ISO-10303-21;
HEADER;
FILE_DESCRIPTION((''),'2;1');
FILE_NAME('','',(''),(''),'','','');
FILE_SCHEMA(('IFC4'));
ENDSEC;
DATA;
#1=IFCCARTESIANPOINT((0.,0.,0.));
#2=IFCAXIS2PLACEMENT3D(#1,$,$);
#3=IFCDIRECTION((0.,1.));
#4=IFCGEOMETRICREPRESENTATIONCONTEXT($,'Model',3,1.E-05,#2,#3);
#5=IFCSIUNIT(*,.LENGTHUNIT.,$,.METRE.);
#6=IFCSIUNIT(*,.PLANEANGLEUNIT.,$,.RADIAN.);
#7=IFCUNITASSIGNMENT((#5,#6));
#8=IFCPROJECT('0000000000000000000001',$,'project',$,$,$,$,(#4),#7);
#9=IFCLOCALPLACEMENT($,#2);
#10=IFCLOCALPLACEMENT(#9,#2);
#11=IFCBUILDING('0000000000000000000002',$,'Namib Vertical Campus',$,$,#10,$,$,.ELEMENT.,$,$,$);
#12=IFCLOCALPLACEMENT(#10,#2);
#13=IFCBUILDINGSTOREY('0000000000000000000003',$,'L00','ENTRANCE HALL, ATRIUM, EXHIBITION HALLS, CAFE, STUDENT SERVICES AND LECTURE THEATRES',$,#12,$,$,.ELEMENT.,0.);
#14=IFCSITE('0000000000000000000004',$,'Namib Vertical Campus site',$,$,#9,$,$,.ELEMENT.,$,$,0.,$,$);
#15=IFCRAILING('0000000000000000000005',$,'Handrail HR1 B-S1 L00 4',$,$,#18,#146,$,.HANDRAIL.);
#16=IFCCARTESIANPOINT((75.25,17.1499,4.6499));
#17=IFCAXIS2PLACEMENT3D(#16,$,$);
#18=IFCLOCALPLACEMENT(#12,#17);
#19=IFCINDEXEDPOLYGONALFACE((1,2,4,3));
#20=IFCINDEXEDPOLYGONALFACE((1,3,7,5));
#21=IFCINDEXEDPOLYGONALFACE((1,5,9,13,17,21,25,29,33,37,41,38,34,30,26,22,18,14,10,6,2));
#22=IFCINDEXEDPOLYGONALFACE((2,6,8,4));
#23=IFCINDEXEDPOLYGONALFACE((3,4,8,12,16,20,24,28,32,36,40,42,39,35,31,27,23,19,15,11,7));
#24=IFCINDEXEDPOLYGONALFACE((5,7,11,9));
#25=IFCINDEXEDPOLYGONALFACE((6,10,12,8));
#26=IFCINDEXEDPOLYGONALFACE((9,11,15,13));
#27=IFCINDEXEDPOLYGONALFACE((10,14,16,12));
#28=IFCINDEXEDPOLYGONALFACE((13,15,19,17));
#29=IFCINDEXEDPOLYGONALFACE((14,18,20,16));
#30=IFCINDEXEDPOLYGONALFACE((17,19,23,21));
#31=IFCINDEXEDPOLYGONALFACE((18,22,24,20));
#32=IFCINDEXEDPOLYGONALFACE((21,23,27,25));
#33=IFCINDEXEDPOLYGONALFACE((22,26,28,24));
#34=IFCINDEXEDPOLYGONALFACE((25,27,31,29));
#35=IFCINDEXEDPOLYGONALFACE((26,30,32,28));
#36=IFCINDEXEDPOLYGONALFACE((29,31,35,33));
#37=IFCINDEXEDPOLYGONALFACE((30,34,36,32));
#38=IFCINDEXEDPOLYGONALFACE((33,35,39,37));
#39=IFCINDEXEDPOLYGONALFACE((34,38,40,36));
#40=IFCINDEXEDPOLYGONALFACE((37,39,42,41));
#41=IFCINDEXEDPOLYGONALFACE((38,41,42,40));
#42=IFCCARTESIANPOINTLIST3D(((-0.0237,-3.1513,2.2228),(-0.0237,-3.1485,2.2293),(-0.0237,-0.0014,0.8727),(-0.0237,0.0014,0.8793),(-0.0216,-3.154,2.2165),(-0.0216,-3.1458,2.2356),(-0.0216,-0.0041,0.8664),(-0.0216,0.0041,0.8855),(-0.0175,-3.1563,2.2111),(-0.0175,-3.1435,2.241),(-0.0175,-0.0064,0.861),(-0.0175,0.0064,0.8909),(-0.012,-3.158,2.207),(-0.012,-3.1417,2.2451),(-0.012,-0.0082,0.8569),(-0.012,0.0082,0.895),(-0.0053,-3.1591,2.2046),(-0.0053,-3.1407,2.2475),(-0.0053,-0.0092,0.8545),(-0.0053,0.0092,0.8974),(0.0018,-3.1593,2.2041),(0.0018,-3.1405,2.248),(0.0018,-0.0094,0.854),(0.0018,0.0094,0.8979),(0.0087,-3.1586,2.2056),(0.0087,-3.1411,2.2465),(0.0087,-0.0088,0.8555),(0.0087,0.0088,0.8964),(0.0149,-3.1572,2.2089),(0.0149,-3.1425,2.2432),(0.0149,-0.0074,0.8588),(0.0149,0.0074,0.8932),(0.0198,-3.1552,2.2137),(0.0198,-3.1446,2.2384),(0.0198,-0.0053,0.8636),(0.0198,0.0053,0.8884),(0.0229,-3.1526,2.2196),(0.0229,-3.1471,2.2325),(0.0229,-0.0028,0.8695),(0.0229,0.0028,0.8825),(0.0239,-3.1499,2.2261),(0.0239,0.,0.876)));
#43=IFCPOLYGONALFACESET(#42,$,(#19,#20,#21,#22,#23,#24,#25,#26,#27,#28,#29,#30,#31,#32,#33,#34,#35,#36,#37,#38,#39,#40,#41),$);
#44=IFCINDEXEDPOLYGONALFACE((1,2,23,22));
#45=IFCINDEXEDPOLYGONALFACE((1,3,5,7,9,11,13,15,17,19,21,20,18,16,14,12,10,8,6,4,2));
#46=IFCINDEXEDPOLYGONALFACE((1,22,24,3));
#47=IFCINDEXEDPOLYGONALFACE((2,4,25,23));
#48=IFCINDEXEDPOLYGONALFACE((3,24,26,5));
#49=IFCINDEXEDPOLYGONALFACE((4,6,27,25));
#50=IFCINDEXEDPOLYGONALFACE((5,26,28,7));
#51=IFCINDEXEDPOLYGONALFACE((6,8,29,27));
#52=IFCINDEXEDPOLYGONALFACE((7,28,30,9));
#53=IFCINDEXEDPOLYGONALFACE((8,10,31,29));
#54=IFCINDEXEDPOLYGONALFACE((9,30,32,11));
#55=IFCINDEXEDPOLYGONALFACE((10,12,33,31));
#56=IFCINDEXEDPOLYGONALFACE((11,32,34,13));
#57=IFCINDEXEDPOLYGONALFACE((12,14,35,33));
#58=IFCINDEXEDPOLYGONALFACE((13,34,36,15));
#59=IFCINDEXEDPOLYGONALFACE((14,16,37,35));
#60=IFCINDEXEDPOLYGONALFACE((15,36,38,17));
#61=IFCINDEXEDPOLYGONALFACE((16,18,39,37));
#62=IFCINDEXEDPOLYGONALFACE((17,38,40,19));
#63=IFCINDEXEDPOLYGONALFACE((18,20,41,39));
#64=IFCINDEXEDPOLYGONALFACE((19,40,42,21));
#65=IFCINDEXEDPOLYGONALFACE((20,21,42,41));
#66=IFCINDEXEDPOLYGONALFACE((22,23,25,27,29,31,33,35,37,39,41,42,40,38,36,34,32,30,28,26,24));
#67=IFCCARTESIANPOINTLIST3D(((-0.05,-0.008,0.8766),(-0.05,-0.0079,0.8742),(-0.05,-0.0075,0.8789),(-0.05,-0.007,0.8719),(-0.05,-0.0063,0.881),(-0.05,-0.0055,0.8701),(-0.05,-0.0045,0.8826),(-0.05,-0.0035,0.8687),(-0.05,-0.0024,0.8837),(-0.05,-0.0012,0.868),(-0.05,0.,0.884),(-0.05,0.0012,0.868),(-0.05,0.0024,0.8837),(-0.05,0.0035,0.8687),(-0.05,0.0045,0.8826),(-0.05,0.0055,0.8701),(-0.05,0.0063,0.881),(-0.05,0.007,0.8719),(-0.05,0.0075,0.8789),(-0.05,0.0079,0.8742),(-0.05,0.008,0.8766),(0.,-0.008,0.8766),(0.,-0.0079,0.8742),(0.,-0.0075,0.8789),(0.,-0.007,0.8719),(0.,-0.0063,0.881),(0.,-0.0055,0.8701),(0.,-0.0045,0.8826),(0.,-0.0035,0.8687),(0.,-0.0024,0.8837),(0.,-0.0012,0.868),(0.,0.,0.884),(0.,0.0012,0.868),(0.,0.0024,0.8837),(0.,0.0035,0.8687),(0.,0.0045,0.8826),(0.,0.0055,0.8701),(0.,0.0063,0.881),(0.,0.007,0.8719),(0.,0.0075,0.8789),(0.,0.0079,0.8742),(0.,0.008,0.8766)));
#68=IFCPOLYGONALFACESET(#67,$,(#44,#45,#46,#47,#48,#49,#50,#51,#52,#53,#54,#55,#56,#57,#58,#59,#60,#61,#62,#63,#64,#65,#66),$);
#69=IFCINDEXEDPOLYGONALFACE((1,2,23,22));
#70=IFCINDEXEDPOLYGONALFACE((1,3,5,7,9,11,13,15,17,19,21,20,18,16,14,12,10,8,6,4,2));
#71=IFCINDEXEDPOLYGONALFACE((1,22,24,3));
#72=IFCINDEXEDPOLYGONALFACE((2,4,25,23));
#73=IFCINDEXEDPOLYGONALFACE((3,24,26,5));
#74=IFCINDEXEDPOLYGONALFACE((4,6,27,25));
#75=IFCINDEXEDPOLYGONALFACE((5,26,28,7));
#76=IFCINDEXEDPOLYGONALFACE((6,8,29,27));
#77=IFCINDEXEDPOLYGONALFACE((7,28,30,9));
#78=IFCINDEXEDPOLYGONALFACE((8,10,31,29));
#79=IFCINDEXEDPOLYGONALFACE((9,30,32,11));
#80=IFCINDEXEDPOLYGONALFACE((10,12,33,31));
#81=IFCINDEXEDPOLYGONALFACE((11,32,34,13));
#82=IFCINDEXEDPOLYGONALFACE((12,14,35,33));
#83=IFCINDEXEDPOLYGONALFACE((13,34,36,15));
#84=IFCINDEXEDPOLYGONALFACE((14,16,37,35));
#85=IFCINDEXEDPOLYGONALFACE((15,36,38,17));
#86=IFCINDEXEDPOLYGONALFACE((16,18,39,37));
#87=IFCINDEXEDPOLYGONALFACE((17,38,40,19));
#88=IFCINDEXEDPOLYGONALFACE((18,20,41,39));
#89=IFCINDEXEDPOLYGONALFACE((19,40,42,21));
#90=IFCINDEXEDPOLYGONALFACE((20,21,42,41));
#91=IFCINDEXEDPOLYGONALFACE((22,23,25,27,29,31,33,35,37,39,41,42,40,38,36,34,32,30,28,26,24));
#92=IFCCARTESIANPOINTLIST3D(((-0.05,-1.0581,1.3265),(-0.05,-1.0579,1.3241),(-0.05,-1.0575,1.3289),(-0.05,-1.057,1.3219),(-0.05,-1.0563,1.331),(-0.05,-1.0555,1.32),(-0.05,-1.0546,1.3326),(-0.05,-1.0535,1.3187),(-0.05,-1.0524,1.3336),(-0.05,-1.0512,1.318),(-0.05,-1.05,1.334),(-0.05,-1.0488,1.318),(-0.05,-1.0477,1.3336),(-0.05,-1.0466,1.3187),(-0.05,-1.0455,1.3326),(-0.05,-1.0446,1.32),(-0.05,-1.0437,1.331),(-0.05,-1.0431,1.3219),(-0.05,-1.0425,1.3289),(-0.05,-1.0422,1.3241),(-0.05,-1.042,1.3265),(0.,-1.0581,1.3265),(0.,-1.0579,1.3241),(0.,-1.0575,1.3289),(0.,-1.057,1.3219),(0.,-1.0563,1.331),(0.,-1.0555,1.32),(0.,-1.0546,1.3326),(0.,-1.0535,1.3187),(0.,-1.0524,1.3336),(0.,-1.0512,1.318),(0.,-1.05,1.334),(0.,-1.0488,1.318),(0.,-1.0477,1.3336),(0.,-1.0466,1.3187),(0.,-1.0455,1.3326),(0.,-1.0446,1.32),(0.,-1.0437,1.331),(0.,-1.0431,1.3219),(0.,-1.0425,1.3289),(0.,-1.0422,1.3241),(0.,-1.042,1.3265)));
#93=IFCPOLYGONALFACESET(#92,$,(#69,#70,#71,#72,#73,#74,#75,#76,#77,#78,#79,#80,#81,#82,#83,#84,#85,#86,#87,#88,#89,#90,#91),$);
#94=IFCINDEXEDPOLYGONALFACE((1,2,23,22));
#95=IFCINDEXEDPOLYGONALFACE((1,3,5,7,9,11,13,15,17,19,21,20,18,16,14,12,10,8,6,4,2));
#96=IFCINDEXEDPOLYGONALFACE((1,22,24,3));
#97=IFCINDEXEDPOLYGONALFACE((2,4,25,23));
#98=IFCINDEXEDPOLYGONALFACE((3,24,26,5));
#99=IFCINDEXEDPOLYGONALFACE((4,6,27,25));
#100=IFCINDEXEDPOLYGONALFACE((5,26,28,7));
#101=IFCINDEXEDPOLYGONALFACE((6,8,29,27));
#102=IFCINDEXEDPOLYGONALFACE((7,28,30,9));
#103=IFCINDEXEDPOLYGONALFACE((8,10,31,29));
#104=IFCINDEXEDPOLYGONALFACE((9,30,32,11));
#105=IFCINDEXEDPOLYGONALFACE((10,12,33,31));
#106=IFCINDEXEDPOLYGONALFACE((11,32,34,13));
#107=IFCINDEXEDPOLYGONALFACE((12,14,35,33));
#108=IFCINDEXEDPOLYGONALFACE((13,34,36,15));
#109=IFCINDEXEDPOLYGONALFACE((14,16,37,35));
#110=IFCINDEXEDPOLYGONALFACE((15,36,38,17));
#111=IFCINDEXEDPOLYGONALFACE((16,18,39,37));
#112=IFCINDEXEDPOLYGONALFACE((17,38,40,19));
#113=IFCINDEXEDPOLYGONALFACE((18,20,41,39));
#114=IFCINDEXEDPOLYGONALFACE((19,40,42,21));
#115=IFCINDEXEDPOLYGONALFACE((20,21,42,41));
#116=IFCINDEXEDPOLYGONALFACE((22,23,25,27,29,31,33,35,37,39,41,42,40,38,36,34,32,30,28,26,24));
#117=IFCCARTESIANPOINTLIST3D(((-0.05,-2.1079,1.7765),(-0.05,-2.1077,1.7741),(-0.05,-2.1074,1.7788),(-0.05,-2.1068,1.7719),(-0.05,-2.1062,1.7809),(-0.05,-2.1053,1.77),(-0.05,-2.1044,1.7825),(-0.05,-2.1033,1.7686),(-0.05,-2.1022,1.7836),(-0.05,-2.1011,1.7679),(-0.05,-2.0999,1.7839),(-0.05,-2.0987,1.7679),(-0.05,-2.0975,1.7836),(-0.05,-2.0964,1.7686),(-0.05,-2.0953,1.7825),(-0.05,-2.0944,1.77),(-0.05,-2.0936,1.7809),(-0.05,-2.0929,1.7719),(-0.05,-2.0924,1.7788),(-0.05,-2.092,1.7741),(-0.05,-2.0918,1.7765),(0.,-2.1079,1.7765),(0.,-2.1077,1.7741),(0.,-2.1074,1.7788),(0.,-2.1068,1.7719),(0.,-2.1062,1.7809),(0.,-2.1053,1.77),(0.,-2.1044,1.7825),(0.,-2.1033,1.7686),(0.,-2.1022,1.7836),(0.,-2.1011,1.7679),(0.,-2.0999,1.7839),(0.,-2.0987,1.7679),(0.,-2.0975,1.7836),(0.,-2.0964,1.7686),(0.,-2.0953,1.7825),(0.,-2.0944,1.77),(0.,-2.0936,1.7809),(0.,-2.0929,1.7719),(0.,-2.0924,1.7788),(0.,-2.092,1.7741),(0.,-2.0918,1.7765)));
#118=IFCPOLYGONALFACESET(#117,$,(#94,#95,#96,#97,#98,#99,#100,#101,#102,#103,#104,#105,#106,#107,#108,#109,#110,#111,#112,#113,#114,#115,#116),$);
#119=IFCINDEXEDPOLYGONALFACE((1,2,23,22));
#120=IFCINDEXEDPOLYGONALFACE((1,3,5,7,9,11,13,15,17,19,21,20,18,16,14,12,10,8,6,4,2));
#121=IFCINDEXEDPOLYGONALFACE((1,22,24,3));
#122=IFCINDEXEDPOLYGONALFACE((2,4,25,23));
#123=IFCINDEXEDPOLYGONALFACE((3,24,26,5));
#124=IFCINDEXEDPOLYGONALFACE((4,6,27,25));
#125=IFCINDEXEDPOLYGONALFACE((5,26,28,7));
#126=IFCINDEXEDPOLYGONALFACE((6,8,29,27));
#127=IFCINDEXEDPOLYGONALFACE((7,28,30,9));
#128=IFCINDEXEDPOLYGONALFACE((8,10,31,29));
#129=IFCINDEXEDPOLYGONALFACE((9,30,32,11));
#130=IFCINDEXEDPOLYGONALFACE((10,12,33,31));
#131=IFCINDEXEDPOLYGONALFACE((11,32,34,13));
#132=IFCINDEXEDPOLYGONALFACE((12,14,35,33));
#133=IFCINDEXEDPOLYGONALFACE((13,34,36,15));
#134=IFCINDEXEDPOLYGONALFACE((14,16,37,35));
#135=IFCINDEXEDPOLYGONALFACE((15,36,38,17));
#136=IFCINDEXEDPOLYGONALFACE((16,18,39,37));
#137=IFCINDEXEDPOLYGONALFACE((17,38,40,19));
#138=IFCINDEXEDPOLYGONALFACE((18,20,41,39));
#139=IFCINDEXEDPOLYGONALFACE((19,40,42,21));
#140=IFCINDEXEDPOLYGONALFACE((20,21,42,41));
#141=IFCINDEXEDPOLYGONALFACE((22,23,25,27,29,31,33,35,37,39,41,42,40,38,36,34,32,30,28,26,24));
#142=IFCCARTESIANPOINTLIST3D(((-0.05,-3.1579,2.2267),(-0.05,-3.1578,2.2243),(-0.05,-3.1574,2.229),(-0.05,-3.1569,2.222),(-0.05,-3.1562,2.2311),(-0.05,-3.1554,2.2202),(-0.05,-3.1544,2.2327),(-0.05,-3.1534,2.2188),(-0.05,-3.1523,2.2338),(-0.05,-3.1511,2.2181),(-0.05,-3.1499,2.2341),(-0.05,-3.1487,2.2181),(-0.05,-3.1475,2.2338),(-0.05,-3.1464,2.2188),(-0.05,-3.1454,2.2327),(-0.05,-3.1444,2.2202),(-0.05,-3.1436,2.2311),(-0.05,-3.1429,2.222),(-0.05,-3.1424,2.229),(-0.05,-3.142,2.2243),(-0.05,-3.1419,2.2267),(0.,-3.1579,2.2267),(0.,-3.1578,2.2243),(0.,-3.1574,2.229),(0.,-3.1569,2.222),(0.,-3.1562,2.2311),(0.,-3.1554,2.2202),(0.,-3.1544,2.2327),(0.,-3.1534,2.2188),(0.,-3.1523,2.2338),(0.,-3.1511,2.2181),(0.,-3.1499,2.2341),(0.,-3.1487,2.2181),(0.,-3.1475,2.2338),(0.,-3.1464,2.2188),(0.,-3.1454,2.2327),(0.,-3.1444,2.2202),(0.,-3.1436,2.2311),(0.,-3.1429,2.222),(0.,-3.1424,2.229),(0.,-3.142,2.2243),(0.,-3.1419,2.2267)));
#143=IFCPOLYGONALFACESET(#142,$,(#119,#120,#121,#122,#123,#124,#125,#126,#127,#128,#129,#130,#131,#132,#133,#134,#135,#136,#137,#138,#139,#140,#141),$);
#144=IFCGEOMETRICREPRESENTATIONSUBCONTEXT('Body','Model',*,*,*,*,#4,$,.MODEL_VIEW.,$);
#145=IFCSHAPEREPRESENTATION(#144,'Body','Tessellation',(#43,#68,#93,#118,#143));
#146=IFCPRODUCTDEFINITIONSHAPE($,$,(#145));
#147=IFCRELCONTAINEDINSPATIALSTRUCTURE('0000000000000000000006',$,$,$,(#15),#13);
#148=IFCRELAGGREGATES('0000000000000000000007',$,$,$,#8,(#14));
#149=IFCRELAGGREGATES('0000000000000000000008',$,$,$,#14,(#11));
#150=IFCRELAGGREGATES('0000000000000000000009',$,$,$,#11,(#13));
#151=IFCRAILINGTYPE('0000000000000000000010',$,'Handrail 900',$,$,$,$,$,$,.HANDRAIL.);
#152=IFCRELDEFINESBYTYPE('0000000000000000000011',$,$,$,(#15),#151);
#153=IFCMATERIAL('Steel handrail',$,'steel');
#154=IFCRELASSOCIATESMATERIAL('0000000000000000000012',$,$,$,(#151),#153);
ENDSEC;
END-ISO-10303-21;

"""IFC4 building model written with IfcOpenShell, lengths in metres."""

from ifc_helpers import new_model, si_unit, direction, frame, origin, origin_2d, place, context, subcontext, project, spatial, circle, extrude, material, type_object, element, save


model = new_model("IFC4")

# Units and contexts
model_context = context("Model", 3, precision=1e-05, world=origin(), true_north=direction((0.0, 1.0)))
body_context = subcontext(model_context, "Body", "Model", "MODEL_VIEW")
ifc_project = project(units=[si_unit("LENGTHUNIT", "METRE"), si_unit("PLANEANGLEUNIT", "RADIAN")], contexts=[model_context])

# Site, building, storey
site_placement = place(None, origin())
site = spatial("IfcSite", under=ifc_project, at=site_placement, Name="Namib Vertical Campus site", CompositionType="ELEMENT", RefElevation=0.0)
building_placement = place(site_placement, origin())
building = spatial("IfcBuilding", under=site, at=building_placement, Name="Namib Vertical Campus", CompositionType="ELEMENT")
storey_placement = place(building_placement, origin())
storey = spatial("IfcBuildingStorey", under=building, at=storey_placement, Name="L00", Description="ENTRANCE HALL, ATRIUM, EXHIBITION HALLS, CAFE, STUDENT SERVICES AND LECTURE THEATRES", CompositionType="ELEMENT", Elevation=0.0)

# Railing
ifc_material_1 = material(Name="Steel handrail", Category="steel")
railing_type_1 = type_object("IfcRailingType", Name="Handrail 900", PredefinedType="HANDRAIL", material=ifc_material_1)
for number, where, name in (
    (1, (75.25, 17.1499, 4.6499), "Handrail HR1 B-S1 L00 4"),
):
    element("IfcRailing", number, at=place(storey_placement, frame(where)), inside=storey, type_object=railing_type_1, Name=name, PredefinedType="HANDRAIL", context=body_context, shape_type="SweptSolid", body=[
        extrude(circle(Radius=0.0239, at=origin_2d()), frame((0.0, 0.0, 0.876), z_axis=(0.0, -0.91913, 0.393954), x_axis=(1.0, 0.0, 0.0)), (0.0, 0.0, 1.0), 3.427),
        extrude(circle(Radius=0.0081, at=origin_2d()), frame((0.0, 0.0, 0.876), z_axis=(-1.0, 0.0, 0.0), x_axis=(0.0, 0.0, 1.0)), (0.0, 0.0, 1.0), 0.05),
        extrude(circle(Radius=0.0081, at=origin_2d()), frame((0.0, -1.05, 1.3259), z_axis=(-1.0, 0.0, 0.0), x_axis=(0.0, 0.0, 1.0)), (0.0, 0.0, 1.0), 0.05),
        extrude(circle(Radius=0.0081, at=origin_2d()), frame((0.0, -2.0999, 1.7759), z_axis=(-1.0, 0.0, 0.0), x_axis=(0.0, 0.0, 1.0)), (0.0, 0.0, 1.0), 0.05),
        extrude(circle(Radius=0.0081, at=origin_2d()), frame((0.0, -3.1499, 2.2261), z_axis=(-1.0, 0.0, 0.0), x_axis=(0.0, 0.0, 1.0)), (0.0, 0.0, 1.0), 0.05),
    ])

save(model, "model.ifc")
